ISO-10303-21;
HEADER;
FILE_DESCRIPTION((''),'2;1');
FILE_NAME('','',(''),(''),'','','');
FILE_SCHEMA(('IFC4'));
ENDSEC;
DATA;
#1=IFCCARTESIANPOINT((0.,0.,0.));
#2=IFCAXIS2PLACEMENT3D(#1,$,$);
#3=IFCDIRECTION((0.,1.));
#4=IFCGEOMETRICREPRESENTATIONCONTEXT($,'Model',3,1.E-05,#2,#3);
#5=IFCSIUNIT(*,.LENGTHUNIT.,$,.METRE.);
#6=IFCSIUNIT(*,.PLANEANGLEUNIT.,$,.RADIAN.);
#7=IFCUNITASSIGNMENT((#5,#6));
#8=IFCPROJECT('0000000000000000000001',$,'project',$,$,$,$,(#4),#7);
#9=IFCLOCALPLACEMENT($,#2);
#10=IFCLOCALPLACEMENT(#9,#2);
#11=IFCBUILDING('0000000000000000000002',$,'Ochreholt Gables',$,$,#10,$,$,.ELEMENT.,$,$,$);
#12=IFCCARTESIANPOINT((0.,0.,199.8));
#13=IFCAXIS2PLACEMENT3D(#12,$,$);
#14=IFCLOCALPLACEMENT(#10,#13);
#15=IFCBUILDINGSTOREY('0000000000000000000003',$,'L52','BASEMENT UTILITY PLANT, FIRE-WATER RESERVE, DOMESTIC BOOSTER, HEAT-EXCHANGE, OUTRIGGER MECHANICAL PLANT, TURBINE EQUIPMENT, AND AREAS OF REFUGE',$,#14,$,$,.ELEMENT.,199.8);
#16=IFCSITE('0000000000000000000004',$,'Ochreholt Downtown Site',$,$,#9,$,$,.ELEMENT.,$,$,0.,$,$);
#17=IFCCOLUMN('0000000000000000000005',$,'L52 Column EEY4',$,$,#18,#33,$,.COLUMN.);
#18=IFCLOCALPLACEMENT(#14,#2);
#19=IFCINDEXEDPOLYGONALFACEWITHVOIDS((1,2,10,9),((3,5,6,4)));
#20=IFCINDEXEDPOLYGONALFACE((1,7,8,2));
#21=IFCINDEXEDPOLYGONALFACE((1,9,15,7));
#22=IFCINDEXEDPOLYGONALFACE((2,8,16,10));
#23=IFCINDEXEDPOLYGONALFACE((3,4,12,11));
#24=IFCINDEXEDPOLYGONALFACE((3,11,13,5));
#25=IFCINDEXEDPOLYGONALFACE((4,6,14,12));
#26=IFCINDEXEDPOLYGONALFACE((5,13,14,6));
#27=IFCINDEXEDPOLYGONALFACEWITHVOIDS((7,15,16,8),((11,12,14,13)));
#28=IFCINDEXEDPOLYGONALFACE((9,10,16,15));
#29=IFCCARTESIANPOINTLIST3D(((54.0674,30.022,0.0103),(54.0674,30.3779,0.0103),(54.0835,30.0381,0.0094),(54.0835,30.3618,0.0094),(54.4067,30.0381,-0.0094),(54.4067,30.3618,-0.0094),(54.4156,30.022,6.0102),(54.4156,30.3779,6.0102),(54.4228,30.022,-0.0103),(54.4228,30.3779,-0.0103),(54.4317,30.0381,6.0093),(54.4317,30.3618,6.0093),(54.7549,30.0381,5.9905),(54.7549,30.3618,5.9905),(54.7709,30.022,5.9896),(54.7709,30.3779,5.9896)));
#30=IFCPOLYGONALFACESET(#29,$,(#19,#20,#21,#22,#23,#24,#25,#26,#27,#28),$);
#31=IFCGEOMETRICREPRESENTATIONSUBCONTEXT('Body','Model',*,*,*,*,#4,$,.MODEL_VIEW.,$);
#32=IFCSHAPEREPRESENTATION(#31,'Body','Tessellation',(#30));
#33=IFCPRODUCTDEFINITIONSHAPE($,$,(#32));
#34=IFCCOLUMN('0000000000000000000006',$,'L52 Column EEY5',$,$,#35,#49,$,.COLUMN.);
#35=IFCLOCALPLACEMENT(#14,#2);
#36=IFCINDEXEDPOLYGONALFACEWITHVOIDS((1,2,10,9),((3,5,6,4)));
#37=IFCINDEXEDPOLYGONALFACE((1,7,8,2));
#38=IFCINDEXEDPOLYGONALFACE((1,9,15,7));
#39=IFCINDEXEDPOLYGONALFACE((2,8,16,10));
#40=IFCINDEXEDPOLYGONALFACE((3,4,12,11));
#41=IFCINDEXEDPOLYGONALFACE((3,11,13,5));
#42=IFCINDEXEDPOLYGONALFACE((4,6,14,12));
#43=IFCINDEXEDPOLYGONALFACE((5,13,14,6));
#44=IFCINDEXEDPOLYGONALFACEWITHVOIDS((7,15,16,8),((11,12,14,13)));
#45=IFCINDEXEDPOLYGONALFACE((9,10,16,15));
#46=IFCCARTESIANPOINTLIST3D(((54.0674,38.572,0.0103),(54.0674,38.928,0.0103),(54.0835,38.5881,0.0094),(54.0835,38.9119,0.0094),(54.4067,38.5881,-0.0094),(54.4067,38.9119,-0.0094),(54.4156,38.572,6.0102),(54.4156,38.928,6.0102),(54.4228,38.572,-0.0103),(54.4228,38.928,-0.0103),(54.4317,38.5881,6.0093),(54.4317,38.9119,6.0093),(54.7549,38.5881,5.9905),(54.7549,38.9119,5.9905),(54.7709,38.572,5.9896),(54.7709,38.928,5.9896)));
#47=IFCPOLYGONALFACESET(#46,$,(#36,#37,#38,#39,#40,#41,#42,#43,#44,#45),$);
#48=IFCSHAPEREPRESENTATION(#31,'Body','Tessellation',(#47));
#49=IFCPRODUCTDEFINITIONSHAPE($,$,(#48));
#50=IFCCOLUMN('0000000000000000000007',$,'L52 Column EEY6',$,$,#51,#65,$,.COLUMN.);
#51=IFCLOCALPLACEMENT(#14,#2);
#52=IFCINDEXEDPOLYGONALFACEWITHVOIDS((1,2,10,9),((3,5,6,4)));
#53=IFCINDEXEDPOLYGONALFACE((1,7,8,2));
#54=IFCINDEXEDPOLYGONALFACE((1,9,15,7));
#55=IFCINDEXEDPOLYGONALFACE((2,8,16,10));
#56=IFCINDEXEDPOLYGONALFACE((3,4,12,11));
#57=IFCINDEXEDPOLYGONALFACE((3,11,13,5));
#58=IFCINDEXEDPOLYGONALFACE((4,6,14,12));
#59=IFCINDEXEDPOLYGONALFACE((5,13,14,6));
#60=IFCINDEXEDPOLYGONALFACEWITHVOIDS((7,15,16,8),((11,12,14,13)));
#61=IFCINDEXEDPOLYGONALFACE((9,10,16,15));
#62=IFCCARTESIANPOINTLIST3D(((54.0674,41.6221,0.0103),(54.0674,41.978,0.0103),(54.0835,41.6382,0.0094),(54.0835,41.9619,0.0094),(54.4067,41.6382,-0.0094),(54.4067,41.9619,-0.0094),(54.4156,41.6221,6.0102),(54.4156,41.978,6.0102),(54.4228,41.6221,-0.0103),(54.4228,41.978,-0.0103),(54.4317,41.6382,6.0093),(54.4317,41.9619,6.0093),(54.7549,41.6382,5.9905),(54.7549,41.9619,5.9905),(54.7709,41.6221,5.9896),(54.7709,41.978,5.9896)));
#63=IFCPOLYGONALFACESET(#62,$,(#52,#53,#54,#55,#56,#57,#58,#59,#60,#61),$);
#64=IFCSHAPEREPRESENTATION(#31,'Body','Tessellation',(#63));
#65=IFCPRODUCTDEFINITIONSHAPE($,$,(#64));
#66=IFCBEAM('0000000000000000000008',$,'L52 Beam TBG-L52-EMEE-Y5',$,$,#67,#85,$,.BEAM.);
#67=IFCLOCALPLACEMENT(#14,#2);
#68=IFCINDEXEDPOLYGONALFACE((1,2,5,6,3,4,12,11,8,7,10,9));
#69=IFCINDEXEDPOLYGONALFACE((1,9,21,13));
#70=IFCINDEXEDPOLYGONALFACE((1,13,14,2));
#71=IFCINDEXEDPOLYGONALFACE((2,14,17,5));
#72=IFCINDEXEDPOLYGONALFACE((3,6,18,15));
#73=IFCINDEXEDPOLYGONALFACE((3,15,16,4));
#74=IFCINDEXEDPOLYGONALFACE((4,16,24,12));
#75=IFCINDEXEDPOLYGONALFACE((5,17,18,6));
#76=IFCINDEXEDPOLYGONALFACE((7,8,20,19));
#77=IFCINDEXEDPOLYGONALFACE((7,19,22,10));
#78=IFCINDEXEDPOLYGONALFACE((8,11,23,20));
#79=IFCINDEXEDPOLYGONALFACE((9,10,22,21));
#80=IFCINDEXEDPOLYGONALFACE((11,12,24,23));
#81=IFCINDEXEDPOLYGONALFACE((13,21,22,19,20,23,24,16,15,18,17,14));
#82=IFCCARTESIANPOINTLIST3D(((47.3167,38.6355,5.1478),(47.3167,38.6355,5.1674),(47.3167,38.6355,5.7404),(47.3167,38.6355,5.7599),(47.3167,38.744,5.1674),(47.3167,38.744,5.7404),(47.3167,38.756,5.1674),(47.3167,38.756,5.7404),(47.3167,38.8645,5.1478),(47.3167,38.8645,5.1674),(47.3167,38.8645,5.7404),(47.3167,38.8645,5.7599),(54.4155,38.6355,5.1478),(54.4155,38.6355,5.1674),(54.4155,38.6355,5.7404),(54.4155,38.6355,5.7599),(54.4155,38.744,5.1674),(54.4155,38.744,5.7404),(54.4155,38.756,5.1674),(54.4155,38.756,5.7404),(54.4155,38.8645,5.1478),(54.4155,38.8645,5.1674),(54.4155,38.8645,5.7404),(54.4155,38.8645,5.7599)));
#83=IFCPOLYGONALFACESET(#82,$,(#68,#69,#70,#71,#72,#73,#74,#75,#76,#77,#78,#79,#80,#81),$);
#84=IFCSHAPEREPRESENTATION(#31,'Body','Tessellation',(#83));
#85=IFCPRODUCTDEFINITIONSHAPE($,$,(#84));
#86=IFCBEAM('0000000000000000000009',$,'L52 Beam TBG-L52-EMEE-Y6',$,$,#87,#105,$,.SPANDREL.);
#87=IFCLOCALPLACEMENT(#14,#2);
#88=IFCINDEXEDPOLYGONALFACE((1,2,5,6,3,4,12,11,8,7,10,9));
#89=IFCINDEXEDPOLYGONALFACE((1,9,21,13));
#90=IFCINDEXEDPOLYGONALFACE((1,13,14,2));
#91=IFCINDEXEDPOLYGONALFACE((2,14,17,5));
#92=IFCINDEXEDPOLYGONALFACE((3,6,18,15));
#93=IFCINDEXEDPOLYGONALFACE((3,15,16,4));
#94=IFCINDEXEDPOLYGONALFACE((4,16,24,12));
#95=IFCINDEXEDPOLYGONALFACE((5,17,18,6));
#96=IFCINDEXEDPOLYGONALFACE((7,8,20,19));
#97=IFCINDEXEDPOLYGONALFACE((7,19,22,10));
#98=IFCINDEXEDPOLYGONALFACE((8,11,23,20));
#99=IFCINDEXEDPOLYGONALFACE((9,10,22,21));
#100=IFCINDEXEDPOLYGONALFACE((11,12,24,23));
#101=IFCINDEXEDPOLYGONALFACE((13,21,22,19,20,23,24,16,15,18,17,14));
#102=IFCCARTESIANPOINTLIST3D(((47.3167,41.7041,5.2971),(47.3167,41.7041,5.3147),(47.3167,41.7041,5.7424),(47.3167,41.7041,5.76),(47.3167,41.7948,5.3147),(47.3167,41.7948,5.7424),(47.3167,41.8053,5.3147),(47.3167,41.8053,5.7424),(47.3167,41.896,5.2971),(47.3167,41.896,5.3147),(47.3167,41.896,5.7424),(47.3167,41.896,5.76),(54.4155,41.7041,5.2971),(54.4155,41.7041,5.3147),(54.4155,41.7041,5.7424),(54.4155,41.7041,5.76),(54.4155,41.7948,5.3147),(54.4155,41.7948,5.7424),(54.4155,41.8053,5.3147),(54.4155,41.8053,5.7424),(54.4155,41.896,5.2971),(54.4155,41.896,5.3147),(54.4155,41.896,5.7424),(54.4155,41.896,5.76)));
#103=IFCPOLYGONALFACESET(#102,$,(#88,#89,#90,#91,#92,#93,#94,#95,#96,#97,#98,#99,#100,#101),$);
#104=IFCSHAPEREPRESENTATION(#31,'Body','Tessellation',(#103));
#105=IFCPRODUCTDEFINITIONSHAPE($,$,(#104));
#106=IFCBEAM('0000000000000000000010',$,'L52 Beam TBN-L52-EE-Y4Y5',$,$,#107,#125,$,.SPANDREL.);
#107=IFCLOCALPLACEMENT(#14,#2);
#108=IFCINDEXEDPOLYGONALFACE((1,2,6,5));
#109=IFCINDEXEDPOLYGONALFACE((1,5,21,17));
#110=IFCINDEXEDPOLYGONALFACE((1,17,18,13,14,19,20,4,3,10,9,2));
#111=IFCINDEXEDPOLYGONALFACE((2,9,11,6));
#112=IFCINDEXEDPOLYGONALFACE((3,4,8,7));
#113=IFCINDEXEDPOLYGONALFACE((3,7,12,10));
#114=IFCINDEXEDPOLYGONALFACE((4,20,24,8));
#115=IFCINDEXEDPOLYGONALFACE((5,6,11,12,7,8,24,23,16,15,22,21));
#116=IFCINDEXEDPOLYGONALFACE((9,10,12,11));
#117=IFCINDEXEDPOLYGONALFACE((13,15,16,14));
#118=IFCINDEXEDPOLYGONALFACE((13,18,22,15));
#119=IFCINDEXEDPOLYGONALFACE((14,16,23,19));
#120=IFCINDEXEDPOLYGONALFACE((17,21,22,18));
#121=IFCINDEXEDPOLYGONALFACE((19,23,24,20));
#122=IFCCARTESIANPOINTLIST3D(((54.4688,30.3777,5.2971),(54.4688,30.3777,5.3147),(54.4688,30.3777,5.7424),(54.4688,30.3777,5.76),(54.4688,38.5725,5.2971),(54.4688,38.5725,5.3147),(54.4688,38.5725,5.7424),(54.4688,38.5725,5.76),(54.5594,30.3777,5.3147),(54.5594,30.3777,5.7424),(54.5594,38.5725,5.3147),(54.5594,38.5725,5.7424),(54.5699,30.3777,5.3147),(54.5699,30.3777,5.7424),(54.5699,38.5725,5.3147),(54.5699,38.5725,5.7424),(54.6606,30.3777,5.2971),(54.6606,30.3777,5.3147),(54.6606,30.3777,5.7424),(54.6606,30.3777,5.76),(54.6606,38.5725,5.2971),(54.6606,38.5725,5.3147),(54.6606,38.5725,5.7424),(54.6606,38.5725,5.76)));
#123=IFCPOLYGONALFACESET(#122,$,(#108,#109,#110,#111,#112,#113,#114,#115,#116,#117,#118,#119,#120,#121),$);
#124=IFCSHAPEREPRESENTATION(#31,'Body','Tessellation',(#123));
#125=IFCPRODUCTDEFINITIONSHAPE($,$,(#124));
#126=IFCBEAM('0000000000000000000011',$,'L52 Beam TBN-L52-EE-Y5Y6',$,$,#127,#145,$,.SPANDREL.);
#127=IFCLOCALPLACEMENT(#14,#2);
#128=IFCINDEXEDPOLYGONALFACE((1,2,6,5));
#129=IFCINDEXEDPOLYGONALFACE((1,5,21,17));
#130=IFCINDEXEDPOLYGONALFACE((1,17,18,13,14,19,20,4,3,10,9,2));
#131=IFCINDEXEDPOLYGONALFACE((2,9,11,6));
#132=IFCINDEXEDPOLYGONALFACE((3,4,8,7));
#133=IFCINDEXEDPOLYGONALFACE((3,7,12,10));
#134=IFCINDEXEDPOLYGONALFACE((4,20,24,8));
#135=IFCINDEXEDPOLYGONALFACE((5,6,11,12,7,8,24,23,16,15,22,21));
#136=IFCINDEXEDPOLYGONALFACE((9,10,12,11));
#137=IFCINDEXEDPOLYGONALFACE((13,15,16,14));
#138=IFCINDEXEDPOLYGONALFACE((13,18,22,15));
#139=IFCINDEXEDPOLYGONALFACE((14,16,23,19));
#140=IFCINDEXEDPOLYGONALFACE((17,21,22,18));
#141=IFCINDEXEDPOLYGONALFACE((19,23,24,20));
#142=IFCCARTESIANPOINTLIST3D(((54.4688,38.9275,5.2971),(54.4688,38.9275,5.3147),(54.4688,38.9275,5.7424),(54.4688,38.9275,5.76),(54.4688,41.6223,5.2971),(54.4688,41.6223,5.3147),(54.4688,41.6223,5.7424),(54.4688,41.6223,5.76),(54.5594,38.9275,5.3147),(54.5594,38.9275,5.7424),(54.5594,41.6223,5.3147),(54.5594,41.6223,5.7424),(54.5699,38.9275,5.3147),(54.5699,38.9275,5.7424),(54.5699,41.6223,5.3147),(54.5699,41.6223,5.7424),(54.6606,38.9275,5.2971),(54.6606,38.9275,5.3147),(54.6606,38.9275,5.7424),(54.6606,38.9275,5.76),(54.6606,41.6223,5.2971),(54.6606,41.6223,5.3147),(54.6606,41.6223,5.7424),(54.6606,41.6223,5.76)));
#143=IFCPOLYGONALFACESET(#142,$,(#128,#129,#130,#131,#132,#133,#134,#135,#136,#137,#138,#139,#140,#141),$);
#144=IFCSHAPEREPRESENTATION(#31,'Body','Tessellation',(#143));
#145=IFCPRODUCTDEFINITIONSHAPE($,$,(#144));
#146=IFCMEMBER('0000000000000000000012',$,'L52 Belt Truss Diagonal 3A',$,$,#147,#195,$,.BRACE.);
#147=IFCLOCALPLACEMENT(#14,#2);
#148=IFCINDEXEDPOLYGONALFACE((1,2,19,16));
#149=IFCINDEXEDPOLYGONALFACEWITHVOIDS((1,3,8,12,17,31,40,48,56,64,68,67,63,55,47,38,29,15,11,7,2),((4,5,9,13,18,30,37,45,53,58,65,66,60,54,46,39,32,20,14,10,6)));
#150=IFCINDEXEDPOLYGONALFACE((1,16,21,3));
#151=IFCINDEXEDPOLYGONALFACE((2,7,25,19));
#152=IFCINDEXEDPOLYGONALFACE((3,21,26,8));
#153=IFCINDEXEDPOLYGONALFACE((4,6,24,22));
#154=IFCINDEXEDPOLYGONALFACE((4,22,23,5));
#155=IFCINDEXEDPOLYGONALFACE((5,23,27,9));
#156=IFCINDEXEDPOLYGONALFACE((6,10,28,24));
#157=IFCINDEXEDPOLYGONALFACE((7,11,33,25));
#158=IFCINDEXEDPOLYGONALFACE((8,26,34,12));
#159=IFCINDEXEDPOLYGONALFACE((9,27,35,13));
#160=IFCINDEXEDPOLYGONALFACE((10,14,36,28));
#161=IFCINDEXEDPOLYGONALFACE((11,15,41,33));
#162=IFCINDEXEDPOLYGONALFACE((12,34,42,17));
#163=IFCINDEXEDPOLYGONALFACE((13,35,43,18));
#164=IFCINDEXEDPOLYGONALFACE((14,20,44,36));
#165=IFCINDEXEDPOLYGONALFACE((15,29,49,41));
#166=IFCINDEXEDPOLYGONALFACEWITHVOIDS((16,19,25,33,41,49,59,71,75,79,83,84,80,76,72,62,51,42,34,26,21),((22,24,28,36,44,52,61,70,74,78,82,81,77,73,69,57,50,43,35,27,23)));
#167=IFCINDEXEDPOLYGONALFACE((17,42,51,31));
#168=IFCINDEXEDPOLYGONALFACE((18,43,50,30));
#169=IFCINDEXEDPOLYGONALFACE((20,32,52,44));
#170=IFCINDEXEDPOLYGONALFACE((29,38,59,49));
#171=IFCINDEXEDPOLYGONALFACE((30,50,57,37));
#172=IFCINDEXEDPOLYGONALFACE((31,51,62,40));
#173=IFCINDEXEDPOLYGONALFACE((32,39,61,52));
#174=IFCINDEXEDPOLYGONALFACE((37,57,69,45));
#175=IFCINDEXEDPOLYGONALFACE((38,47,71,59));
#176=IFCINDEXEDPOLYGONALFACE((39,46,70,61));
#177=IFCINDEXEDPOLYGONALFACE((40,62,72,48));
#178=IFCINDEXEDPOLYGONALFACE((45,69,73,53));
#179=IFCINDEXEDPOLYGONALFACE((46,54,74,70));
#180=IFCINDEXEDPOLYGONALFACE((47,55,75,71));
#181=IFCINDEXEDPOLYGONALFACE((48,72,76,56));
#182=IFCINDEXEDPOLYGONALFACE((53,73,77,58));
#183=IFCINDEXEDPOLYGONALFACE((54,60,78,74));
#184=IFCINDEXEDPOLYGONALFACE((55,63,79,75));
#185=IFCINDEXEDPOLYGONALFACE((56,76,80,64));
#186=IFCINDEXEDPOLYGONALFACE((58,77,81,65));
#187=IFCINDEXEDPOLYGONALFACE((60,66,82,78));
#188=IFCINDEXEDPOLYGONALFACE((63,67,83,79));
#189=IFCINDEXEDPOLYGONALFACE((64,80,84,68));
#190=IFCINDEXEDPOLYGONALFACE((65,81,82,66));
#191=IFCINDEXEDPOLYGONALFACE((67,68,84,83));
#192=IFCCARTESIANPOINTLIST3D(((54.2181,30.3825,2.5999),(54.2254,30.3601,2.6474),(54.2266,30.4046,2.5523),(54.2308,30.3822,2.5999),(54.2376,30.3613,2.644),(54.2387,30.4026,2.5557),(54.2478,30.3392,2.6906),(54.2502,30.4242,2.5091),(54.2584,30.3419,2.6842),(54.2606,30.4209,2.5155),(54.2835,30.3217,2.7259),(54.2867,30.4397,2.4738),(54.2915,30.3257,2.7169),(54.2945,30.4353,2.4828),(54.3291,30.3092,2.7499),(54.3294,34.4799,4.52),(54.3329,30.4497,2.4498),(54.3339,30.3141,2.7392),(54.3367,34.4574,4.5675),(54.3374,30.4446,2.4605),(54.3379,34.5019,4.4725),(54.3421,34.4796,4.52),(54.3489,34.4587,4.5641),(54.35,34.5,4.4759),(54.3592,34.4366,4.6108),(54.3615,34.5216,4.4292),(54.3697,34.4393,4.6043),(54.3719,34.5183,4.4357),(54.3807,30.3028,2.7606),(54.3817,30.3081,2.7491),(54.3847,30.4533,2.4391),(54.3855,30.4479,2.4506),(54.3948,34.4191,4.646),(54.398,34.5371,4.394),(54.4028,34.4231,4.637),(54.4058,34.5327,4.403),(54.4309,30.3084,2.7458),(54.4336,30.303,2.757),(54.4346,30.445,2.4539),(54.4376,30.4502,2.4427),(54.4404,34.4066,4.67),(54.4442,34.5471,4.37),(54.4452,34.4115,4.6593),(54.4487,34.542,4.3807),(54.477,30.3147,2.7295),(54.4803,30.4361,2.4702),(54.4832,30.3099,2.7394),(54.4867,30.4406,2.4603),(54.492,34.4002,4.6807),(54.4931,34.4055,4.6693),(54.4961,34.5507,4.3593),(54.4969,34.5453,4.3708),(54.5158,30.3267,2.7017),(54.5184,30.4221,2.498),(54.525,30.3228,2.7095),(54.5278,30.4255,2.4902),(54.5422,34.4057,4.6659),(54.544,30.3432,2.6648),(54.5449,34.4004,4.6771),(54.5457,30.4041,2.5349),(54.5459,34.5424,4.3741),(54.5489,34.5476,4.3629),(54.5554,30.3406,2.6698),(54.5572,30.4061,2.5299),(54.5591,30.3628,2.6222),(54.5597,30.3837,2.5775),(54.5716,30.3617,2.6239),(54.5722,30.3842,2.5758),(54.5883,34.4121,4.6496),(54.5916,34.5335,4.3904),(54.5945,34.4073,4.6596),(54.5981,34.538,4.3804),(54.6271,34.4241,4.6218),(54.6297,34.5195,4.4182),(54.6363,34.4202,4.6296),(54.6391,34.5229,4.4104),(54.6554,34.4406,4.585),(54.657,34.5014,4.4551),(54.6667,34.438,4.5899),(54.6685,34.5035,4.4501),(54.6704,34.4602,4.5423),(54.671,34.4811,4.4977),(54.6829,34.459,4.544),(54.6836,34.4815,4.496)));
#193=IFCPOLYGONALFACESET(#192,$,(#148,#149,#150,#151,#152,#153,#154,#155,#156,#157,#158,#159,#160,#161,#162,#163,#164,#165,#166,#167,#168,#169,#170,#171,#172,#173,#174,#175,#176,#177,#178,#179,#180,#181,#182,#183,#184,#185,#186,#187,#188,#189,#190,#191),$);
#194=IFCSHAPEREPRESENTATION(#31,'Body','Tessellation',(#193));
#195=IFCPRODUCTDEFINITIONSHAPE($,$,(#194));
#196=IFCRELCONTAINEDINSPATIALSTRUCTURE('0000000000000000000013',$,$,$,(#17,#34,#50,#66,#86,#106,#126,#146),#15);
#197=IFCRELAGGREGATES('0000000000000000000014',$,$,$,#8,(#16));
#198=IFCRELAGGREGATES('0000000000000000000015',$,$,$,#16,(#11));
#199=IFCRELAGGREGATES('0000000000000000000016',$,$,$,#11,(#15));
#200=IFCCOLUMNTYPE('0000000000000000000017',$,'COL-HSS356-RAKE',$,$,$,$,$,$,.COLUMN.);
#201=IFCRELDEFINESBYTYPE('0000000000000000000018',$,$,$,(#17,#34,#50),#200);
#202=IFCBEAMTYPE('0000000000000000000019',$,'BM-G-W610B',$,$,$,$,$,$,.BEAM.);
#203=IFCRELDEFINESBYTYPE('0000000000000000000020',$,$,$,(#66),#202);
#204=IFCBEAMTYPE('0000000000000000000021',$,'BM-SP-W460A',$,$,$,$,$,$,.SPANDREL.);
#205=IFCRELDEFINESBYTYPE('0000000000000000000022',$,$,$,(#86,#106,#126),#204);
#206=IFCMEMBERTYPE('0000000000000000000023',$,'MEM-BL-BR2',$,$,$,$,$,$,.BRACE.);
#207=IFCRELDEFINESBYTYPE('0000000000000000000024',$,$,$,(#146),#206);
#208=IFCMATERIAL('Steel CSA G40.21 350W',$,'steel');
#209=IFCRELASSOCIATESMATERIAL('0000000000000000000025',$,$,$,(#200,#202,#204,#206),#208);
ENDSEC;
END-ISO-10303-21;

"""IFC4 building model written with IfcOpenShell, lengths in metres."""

from ifc_helpers import new_model, si_unit, direction, frame, origin, origin_2d, place, context, subcontext, project, spatial, hollow_rectangle, hollow_circle, i_section, extrude, material, material_profile, profile_set, type_object, element, save


model = new_model("IFC4")

# Units and contexts
model_context = context("Model", 3, precision=1e-05, world=origin(), true_north=direction((0.0, 1.0)))
body_context = subcontext(model_context, "Body", "Model", "MODEL_VIEW")
ifc_project = project(units=[si_unit("LENGTHUNIT", "METRE"), si_unit("PLANEANGLEUNIT", "RADIAN")], contexts=[model_context])

# Site, building, storey
site_placement = place(None, origin())
site = spatial("IfcSite", under=ifc_project, at=site_placement, Name="Ochreholt Downtown Site", CompositionType="ELEMENT", RefElevation=0.0)
building_placement = place(site_placement, origin())
building = spatial("IfcBuilding", under=site, at=building_placement, Name="Ochreholt Gables", CompositionType="ELEMENT")
storey_placement = place(building_placement, frame((0.0, 0.0, 199.8)))
storey = spatial("IfcBuildingStorey", under=building, at=storey_placement, Name="L52", Description="BASEMENT UTILITY PLANT, FIRE-WATER RESERVE, DOMESTIC BOOSTER, HEAT-EXCHANGE, OUTRIGGER MECHANICAL PLANT, TURBINE EQUIPMENT, AND AREAS OF REFUGE", CompositionType="ELEMENT", Elevation=199.8)

# Columns
ifc_material_1 = material(Name="Steel CSA G40.21 350W", Category="steel")
ifc_material_profile_1 = material_profile(ifc_material_1, hollow_rectangle(XDim=0.356, YDim=0.356, WallThickness=0.0161, at=origin_2d()), Name="HSS356X356X16")
ifc_profile_set_1 = profile_set([ifc_material_profile_1], Name="Steel CSA G40.21 350W")
column_type = type_object("IfcColumnType", Name="COL-HSS356-RAKE", PredefinedType="COLUMN", material=ifc_profile_set_1)
for number, where, z_axis, x_axis, name in (
    (1, (54.2451, 30.2, 0.0), (0.057927, 0.0, 0.998321), (0.0, 1.0, 0.0), "L52 Column EEY4"),
    (2, (54.2451, 38.75, 0.0), (0.057927, 0.0, 0.998321), (0.0, 1.0, 0.0), "L52 Column EEY5"),
    (3, (54.2451, 41.8, 0.0), (0.057927, 0.0, 0.998321), (0.0, 1.0, 0.0), "L52 Column EEY6"),
):
    element("IfcColumn", number, at=place(storey_placement, frame(where, z_axis=z_axis, x_axis=x_axis)), inside=storey, type_object=column_type, Name=name, PredefinedType="COLUMN", context=body_context, shape_type="SweptSolid", body=[
        extrude(hollow_rectangle(XDim=0.356, YDim=0.356, WallThickness=0.0161, at=origin_2d()), origin(), (0.0, 0.0, 1.0), 6.01),
    ])

# Beams
ifc_material_profile_2 = material_profile(ifc_material_1, i_section(OverallWidth=0.229, OverallDepth=0.6121, WebThickness=0.012, FlangeThickness=0.0195, at=origin_2d()), Name="W610X125")
ifc_profile_set_2 = profile_set([ifc_material_profile_2], Name="Steel CSA G40.21 350W")
beam_type_1 = type_object("IfcBeamType", Name="BM-G-W610B", PredefinedType="BEAM", material=ifc_profile_set_2)
beam_1_placement = place(storey_placement, frame((47.3167, 38.75, 5.4539), z_axis=(1.0, 0.0, 0.0), x_axis=(0.0, 1.0, 0.0)))
element("IfcBeam", 4, at=beam_1_placement, inside=storey, type_object=beam_type_1, Name="L52 Beam TBG-L52-EMEE-Y5", PredefinedType="BEAM", context=body_context, shape_type="SweptSolid", body=[
    extrude(i_section(OverallWidth=0.229, OverallDepth=0.6121, WebThickness=0.012, FlangeThickness=0.0195, at=origin_2d()), origin(), (0.0, 0.0, 1.0), 7.0989),
])
ifc_material_profile_3 = material_profile(ifc_material_1, i_section(OverallWidth=0.1919, OverallDepth=0.4629, WebThickness=0.0105, FlangeThickness=0.0176, at=origin_2d()), Name="W460X89")
ifc_profile_set_3 = profile_set([ifc_material_profile_3], Name="Steel CSA G40.21 350W")
beam_type_2 = type_object("IfcBeamType", Name="BM-SP-W460A", PredefinedType="SPANDREL", material=ifc_profile_set_3)
beam_2_placement = place(storey_placement, frame((47.3167, 41.8, 5.5286), z_axis=(1.0, 0.0, 0.0), x_axis=(0.0, 1.0, 0.0)))
element("IfcBeam", 5, at=beam_2_placement, inside=storey, type_object=beam_type_2, Name="L52 Beam TBG-L52-EMEE-Y6", PredefinedType="SPANDREL", context=body_context, shape_type="SweptSolid", body=[
    extrude(i_section(OverallWidth=0.1919, OverallDepth=0.4629, WebThickness=0.0105, FlangeThickness=0.0176, at=origin_2d()), origin(), (0.0, 0.0, 1.0), 7.0989),
])
beam_3_placement = place(storey_placement, frame((54.5647, 30.3777, 5.5286), z_axis=(0.0, 1.0, 0.0), x_axis=(-1.0, 0.0, 0.0)))
element("IfcBeam", 6, at=beam_3_placement, inside=storey, type_object=beam_type_2, Name="L52 Beam TBN-L52-EE-Y4Y5", PredefinedType="SPANDREL", context=body_context, shape_type="SweptSolid", body=[
    extrude(i_section(OverallWidth=0.1919, OverallDepth=0.4629, WebThickness=0.0105, FlangeThickness=0.0176, at=origin_2d()), origin(), (0.0, 0.0, 1.0), 8.1948),
])
beam_4_placement = place(storey_placement, frame((54.5647, 38.9275, 5.5286), z_axis=(0.0, 1.0, 0.0), x_axis=(-1.0, 0.0, 0.0)))
element("IfcBeam", 7, at=beam_4_placement, inside=storey, type_object=beam_type_2, Name="L52 Beam TBN-L52-EE-Y5Y6", PredefinedType="SPANDREL", context=body_context, shape_type="SweptSolid", body=[
    extrude(i_section(OverallWidth=0.1919, OverallDepth=0.4629, WebThickness=0.0105, FlangeThickness=0.0176, at=origin_2d()), origin(), (0.0, 0.0, 1.0), 2.6948),
])

# Member
ifc_material_profile_4 = material_profile(ifc_material_1, hollow_circle(Radius=0.178, WallThickness=0.0127, at=origin_2d()), Name="CHS356X13")
ifc_profile_set_4 = profile_set([ifc_material_profile_4], Name="Steel CSA G40.21 350W")
member_type_1 = type_object("IfcMemberType", Name="MEM-BL-BR2", PredefinedType="BRACE", material=ifc_profile_set_4)
for number, where, z_axis, x_axis, name in (
    (8, (54.396, 30.3777, 2.5999), (0.024595, 0.905227, 0.424216), (-0.999631, 0.02716, 0.0), "L52 Belt Truss Diagonal 3A"),
):
    element("IfcMember", number, at=place(storey_placement, frame(where, z_axis=z_axis, x_axis=x_axis)), inside=storey, type_object=member_type_1, Name=name, PredefinedType="BRACE", context=body_context, shape_type="SweptSolid", body=[
        extrude(hollow_circle(Radius=0.178, WallThickness=0.0127, at=origin_2d()), origin(), (0.0, 0.0, 1.0), 4.5264),
    ])

save(model, "model.ifc")
